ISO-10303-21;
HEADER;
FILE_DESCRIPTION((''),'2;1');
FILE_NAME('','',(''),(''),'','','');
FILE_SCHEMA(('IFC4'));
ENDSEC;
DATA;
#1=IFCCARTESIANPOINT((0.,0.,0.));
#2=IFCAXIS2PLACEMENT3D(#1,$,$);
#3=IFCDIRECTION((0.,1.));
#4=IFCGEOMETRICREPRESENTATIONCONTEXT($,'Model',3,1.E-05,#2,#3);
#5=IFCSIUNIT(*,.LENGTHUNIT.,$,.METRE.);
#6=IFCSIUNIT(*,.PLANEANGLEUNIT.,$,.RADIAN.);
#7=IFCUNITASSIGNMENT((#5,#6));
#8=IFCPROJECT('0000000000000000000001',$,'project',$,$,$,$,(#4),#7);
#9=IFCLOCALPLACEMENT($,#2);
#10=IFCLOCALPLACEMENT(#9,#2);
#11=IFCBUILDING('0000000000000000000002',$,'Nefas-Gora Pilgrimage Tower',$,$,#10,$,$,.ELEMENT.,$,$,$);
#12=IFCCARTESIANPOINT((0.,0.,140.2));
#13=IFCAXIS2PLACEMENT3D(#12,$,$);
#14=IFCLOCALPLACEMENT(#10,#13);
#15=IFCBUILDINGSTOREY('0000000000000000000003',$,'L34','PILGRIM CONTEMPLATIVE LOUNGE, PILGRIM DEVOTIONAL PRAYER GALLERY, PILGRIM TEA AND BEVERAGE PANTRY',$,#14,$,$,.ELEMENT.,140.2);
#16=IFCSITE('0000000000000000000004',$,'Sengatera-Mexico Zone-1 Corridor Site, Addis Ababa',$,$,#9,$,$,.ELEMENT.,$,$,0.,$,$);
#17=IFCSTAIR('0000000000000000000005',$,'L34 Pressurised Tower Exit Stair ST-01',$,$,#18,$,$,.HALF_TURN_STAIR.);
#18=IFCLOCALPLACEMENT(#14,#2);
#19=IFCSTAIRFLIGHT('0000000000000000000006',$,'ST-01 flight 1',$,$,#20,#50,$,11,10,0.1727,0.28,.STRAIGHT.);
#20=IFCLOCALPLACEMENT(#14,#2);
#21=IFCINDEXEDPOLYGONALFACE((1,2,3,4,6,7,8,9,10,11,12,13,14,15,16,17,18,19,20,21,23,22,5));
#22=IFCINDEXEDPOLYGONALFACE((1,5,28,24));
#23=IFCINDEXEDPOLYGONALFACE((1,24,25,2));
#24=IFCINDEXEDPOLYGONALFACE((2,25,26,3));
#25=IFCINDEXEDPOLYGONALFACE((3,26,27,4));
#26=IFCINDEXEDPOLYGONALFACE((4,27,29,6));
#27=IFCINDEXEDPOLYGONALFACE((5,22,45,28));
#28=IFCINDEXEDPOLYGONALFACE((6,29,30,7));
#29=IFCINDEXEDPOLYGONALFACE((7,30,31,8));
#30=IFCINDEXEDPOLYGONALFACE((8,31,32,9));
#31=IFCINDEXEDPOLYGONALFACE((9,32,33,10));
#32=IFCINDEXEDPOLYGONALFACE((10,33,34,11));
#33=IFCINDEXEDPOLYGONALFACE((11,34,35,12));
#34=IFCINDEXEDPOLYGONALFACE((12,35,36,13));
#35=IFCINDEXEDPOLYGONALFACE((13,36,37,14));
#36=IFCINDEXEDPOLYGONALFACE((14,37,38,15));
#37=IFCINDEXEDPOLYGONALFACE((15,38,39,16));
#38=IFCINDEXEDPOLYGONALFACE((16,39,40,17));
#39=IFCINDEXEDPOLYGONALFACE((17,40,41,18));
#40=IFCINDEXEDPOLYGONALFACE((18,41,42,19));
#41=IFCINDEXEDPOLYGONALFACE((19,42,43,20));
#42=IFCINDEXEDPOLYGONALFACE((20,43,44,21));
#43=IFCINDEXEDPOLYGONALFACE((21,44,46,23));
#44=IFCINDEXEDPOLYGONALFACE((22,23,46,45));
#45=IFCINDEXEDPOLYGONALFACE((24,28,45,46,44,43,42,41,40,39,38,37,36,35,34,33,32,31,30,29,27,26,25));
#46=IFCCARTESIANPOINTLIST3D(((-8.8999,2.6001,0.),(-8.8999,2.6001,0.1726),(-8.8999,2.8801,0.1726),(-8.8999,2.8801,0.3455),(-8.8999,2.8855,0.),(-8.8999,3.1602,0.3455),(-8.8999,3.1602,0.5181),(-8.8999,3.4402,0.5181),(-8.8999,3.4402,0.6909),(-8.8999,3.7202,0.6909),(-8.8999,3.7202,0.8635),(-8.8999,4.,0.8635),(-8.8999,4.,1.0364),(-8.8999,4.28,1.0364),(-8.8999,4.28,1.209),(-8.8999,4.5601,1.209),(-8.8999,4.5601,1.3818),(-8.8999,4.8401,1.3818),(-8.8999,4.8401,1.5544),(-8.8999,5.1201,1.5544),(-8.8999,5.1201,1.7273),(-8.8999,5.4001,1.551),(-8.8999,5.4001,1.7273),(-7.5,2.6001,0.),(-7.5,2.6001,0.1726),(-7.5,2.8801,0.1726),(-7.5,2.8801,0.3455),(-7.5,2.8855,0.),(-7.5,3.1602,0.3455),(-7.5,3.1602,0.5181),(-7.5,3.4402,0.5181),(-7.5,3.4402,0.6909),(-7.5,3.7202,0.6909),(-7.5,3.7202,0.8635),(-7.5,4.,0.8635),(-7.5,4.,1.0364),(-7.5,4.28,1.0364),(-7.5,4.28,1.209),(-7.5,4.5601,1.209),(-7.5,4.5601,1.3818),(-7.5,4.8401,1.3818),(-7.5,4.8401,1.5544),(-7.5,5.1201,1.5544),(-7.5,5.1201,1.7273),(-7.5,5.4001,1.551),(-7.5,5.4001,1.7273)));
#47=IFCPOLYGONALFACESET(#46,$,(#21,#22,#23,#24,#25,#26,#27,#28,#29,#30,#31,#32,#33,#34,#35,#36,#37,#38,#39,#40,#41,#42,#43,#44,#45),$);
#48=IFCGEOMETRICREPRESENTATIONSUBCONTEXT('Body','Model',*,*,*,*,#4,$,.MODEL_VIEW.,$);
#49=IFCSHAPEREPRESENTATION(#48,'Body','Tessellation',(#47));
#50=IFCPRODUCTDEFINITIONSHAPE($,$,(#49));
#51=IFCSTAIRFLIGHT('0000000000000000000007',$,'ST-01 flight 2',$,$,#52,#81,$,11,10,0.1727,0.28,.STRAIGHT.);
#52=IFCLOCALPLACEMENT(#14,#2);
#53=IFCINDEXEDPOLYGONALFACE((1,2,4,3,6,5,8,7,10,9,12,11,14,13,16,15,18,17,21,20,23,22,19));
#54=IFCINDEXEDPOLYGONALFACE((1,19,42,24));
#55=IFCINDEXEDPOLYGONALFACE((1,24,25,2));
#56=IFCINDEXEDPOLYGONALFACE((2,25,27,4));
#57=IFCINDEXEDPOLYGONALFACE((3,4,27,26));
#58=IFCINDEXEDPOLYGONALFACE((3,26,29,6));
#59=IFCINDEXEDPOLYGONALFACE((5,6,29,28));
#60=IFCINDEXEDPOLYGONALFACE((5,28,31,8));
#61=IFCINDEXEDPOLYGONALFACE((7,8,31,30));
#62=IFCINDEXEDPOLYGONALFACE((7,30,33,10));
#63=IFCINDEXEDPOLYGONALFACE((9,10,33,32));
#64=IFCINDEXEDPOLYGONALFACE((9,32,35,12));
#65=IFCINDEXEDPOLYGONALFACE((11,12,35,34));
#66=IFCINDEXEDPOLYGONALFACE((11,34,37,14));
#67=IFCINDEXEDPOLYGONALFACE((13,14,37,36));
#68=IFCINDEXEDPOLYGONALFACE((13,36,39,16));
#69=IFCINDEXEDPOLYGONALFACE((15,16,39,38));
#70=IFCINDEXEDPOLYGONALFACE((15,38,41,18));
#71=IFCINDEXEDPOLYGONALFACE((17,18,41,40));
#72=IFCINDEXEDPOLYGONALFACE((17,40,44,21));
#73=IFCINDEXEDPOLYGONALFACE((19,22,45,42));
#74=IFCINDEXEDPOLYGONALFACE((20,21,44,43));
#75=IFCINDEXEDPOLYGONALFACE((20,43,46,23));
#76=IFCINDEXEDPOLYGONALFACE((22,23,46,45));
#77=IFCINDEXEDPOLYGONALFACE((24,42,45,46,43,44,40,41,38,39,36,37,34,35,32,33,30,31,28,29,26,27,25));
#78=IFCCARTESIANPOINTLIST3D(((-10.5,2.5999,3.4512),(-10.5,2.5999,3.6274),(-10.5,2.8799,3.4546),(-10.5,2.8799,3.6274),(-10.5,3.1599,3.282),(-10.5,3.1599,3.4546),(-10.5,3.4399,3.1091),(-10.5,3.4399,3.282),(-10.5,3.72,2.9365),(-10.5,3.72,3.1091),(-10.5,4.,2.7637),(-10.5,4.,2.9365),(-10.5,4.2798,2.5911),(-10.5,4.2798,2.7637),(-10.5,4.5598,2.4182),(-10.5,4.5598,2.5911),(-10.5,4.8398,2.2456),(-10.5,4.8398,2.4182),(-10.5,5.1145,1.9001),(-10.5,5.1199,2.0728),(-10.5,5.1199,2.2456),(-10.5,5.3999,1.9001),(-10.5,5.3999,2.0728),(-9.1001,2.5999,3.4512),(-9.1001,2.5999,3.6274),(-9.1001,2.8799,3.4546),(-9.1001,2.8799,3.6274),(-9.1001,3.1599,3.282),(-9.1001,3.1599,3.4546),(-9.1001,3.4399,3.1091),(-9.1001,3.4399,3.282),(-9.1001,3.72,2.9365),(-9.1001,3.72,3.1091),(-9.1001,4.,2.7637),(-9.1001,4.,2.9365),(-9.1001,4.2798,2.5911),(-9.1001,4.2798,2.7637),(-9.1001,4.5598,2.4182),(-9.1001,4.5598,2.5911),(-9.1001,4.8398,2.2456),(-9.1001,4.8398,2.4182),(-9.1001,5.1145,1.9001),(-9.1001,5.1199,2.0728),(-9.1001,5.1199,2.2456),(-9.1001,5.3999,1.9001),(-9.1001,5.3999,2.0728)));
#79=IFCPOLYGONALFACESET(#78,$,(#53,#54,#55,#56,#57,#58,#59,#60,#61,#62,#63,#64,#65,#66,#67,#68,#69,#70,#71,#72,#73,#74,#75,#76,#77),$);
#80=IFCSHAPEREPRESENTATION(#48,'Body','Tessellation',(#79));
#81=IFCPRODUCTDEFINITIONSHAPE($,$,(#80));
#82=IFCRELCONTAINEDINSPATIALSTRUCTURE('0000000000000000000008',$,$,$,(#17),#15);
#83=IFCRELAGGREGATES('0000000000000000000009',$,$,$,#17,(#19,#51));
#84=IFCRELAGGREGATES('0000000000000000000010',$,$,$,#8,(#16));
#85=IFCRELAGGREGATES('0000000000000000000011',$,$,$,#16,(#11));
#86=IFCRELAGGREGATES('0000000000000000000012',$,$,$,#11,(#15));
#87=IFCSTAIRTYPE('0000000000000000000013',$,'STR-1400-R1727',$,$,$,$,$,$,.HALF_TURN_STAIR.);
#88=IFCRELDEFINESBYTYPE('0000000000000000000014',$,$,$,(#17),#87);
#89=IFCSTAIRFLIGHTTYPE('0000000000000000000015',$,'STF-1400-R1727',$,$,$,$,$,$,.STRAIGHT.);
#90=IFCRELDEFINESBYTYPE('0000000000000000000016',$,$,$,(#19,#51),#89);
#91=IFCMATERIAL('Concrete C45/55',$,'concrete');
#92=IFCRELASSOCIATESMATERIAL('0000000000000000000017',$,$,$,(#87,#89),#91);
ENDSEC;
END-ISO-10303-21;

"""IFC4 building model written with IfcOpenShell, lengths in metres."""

from ifc_helpers import new_model, si_unit, direction, frame, origin, place, context, subcontext, project, spatial, polyline, outline, extrude, source, transform, mapped, material, type_object, element, aggregate, save


model = new_model("IFC4")

# Units and contexts
model_context = context("Model", 3, precision=1e-05, world=origin(), true_north=direction((0.0, 1.0)))
body_context = subcontext(model_context, "Body", "Model", "MODEL_VIEW")
ifc_project = project(units=[si_unit("LENGTHUNIT", "METRE"), si_unit("PLANEANGLEUNIT", "RADIAN")], contexts=[model_context])

# Site, building, storey
site_placement = place(None, origin())
site = spatial("IfcSite", under=ifc_project, at=site_placement, Name="Sengatera-Mexico Zone-1 Corridor Site, Addis Ababa", CompositionType="ELEMENT", RefElevation=0.0)
building_placement = place(site_placement, origin())
building = spatial("IfcBuilding", under=site, at=building_placement, Name="Nefas-Gora Pilgrimage Tower", CompositionType="ELEMENT")
storey_placement = place(building_placement, frame((0.0, 0.0, 140.2)))
storey = spatial("IfcBuildingStorey", under=building, at=storey_placement, Name="L34", Description="PILGRIM CONTEMPLATIVE LOUNGE, PILGRIM DEVOTIONAL PRAYER GALLERY, PILGRIM TEA AND BEVERAGE PANTRY", CompositionType="ELEMENT", Elevation=140.2)

# Shared definitions
ifc_material_1 = material(Name="Concrete C45/55", Category="concrete")

# Stair, stair flights
stair_type = type_object("IfcStairType", Name="STR-1400-R1727", PredefinedType="HALF_TURN_STAIR", material=ifc_material_1)
stair_placement = place(storey_placement, origin())
stair = element("IfcStair", 1, at=stair_placement, inside=storey, type_object=stair_type, Name="L34 Pressurised Tower Exit Stair ST-01", PredefinedType="HALF_TURN_STAIR")
stair_flight_type = type_object("IfcStairFlightType", Name="STF-1400-R1727", PredefinedType="STRAIGHT", material=ifc_material_1)
shared_shape_1 = source(origin(), body_context, "Body", "SweptSolid", [
    extrude(outline(polyline([(0.0, 0.0), (0.0, 0.1726), (0.28, 0.1726), (0.28, 0.3455), (0.5601, 0.3455), (0.5601, 0.5181), (0.8401, 0.5181), (0.8401, 0.6909), (1.1201, 0.6909), (1.1201, 0.8635), (1.3999, 0.8635), (1.3999, 1.0364), (1.6799, 1.0364), (1.6799, 1.209), (1.96, 1.209), (1.96, 1.3818), (2.24, 1.3818), (2.24, 1.5544), (2.52, 1.5544), (2.52, 1.7273), (2.8, 1.7273), (2.8, 1.8999), (2.8, 1.551), (0.2854, 0.0), (0.0, 0.0)])), frame((0.0, 0.7, 0.0), z_axis=(0.0, -1.0, 0.0), x_axis=(1.0, 0.0, 0.0)), (0.0, 0.0, 1.0), 1.3999),
])
stair_flight_1_placement = place(storey_placement, frame((-8.2, 2.6001, 0.0), z_axis=(0.0, 0.0, 1.0), x_axis=(0.0, 1.0, 0.0)))
stair_flight_1 = element("IfcStairFlight", 2, at=stair_flight_1_placement, type_object=stair_flight_type, Name="ST-01 flight 1", NumberOfRisers=11, NumberOfTreads=10, PredefinedType="STRAIGHT", RiserHeight=0.1727, TreadLength=0.28, context=body_context, shape_type="MappedRepresentation", body=[
    mapped(shared_shape_1, transform((0.0, 0.0, 0.0), x_axis=(1.0, 0.0, 0.0), y_axis=(0.0, 1.0, 0.0), z_axis=(0.0, 0.0, 1.0), scale=1.0)),
])
stair_flight_2_placement = place(storey_placement, frame((-9.8, 5.3999, 1.9001), z_axis=(0.0, 0.0, 1.0), x_axis=(0.0, -1.0, 0.0)))
stair_flight_2 = element("IfcStairFlight", 3, at=stair_flight_2_placement, type_object=stair_flight_type, Name="ST-01 flight 2", NumberOfRisers=11, NumberOfTreads=10, PredefinedType="STRAIGHT", RiserHeight=0.1727, TreadLength=0.28, context=body_context, shape_type="MappedRepresentation", body=[
    mapped(shared_shape_1, transform((0.0, 0.0, 0.0), x_axis=(1.0, 0.0, 0.0), y_axis=(0.0, 1.0, 0.0), z_axis=(0.0, 0.0, 1.0), scale=1.0)),
])
aggregate(stair, [stair_flight_1, stair_flight_2])

save(model, "model.ifc")
